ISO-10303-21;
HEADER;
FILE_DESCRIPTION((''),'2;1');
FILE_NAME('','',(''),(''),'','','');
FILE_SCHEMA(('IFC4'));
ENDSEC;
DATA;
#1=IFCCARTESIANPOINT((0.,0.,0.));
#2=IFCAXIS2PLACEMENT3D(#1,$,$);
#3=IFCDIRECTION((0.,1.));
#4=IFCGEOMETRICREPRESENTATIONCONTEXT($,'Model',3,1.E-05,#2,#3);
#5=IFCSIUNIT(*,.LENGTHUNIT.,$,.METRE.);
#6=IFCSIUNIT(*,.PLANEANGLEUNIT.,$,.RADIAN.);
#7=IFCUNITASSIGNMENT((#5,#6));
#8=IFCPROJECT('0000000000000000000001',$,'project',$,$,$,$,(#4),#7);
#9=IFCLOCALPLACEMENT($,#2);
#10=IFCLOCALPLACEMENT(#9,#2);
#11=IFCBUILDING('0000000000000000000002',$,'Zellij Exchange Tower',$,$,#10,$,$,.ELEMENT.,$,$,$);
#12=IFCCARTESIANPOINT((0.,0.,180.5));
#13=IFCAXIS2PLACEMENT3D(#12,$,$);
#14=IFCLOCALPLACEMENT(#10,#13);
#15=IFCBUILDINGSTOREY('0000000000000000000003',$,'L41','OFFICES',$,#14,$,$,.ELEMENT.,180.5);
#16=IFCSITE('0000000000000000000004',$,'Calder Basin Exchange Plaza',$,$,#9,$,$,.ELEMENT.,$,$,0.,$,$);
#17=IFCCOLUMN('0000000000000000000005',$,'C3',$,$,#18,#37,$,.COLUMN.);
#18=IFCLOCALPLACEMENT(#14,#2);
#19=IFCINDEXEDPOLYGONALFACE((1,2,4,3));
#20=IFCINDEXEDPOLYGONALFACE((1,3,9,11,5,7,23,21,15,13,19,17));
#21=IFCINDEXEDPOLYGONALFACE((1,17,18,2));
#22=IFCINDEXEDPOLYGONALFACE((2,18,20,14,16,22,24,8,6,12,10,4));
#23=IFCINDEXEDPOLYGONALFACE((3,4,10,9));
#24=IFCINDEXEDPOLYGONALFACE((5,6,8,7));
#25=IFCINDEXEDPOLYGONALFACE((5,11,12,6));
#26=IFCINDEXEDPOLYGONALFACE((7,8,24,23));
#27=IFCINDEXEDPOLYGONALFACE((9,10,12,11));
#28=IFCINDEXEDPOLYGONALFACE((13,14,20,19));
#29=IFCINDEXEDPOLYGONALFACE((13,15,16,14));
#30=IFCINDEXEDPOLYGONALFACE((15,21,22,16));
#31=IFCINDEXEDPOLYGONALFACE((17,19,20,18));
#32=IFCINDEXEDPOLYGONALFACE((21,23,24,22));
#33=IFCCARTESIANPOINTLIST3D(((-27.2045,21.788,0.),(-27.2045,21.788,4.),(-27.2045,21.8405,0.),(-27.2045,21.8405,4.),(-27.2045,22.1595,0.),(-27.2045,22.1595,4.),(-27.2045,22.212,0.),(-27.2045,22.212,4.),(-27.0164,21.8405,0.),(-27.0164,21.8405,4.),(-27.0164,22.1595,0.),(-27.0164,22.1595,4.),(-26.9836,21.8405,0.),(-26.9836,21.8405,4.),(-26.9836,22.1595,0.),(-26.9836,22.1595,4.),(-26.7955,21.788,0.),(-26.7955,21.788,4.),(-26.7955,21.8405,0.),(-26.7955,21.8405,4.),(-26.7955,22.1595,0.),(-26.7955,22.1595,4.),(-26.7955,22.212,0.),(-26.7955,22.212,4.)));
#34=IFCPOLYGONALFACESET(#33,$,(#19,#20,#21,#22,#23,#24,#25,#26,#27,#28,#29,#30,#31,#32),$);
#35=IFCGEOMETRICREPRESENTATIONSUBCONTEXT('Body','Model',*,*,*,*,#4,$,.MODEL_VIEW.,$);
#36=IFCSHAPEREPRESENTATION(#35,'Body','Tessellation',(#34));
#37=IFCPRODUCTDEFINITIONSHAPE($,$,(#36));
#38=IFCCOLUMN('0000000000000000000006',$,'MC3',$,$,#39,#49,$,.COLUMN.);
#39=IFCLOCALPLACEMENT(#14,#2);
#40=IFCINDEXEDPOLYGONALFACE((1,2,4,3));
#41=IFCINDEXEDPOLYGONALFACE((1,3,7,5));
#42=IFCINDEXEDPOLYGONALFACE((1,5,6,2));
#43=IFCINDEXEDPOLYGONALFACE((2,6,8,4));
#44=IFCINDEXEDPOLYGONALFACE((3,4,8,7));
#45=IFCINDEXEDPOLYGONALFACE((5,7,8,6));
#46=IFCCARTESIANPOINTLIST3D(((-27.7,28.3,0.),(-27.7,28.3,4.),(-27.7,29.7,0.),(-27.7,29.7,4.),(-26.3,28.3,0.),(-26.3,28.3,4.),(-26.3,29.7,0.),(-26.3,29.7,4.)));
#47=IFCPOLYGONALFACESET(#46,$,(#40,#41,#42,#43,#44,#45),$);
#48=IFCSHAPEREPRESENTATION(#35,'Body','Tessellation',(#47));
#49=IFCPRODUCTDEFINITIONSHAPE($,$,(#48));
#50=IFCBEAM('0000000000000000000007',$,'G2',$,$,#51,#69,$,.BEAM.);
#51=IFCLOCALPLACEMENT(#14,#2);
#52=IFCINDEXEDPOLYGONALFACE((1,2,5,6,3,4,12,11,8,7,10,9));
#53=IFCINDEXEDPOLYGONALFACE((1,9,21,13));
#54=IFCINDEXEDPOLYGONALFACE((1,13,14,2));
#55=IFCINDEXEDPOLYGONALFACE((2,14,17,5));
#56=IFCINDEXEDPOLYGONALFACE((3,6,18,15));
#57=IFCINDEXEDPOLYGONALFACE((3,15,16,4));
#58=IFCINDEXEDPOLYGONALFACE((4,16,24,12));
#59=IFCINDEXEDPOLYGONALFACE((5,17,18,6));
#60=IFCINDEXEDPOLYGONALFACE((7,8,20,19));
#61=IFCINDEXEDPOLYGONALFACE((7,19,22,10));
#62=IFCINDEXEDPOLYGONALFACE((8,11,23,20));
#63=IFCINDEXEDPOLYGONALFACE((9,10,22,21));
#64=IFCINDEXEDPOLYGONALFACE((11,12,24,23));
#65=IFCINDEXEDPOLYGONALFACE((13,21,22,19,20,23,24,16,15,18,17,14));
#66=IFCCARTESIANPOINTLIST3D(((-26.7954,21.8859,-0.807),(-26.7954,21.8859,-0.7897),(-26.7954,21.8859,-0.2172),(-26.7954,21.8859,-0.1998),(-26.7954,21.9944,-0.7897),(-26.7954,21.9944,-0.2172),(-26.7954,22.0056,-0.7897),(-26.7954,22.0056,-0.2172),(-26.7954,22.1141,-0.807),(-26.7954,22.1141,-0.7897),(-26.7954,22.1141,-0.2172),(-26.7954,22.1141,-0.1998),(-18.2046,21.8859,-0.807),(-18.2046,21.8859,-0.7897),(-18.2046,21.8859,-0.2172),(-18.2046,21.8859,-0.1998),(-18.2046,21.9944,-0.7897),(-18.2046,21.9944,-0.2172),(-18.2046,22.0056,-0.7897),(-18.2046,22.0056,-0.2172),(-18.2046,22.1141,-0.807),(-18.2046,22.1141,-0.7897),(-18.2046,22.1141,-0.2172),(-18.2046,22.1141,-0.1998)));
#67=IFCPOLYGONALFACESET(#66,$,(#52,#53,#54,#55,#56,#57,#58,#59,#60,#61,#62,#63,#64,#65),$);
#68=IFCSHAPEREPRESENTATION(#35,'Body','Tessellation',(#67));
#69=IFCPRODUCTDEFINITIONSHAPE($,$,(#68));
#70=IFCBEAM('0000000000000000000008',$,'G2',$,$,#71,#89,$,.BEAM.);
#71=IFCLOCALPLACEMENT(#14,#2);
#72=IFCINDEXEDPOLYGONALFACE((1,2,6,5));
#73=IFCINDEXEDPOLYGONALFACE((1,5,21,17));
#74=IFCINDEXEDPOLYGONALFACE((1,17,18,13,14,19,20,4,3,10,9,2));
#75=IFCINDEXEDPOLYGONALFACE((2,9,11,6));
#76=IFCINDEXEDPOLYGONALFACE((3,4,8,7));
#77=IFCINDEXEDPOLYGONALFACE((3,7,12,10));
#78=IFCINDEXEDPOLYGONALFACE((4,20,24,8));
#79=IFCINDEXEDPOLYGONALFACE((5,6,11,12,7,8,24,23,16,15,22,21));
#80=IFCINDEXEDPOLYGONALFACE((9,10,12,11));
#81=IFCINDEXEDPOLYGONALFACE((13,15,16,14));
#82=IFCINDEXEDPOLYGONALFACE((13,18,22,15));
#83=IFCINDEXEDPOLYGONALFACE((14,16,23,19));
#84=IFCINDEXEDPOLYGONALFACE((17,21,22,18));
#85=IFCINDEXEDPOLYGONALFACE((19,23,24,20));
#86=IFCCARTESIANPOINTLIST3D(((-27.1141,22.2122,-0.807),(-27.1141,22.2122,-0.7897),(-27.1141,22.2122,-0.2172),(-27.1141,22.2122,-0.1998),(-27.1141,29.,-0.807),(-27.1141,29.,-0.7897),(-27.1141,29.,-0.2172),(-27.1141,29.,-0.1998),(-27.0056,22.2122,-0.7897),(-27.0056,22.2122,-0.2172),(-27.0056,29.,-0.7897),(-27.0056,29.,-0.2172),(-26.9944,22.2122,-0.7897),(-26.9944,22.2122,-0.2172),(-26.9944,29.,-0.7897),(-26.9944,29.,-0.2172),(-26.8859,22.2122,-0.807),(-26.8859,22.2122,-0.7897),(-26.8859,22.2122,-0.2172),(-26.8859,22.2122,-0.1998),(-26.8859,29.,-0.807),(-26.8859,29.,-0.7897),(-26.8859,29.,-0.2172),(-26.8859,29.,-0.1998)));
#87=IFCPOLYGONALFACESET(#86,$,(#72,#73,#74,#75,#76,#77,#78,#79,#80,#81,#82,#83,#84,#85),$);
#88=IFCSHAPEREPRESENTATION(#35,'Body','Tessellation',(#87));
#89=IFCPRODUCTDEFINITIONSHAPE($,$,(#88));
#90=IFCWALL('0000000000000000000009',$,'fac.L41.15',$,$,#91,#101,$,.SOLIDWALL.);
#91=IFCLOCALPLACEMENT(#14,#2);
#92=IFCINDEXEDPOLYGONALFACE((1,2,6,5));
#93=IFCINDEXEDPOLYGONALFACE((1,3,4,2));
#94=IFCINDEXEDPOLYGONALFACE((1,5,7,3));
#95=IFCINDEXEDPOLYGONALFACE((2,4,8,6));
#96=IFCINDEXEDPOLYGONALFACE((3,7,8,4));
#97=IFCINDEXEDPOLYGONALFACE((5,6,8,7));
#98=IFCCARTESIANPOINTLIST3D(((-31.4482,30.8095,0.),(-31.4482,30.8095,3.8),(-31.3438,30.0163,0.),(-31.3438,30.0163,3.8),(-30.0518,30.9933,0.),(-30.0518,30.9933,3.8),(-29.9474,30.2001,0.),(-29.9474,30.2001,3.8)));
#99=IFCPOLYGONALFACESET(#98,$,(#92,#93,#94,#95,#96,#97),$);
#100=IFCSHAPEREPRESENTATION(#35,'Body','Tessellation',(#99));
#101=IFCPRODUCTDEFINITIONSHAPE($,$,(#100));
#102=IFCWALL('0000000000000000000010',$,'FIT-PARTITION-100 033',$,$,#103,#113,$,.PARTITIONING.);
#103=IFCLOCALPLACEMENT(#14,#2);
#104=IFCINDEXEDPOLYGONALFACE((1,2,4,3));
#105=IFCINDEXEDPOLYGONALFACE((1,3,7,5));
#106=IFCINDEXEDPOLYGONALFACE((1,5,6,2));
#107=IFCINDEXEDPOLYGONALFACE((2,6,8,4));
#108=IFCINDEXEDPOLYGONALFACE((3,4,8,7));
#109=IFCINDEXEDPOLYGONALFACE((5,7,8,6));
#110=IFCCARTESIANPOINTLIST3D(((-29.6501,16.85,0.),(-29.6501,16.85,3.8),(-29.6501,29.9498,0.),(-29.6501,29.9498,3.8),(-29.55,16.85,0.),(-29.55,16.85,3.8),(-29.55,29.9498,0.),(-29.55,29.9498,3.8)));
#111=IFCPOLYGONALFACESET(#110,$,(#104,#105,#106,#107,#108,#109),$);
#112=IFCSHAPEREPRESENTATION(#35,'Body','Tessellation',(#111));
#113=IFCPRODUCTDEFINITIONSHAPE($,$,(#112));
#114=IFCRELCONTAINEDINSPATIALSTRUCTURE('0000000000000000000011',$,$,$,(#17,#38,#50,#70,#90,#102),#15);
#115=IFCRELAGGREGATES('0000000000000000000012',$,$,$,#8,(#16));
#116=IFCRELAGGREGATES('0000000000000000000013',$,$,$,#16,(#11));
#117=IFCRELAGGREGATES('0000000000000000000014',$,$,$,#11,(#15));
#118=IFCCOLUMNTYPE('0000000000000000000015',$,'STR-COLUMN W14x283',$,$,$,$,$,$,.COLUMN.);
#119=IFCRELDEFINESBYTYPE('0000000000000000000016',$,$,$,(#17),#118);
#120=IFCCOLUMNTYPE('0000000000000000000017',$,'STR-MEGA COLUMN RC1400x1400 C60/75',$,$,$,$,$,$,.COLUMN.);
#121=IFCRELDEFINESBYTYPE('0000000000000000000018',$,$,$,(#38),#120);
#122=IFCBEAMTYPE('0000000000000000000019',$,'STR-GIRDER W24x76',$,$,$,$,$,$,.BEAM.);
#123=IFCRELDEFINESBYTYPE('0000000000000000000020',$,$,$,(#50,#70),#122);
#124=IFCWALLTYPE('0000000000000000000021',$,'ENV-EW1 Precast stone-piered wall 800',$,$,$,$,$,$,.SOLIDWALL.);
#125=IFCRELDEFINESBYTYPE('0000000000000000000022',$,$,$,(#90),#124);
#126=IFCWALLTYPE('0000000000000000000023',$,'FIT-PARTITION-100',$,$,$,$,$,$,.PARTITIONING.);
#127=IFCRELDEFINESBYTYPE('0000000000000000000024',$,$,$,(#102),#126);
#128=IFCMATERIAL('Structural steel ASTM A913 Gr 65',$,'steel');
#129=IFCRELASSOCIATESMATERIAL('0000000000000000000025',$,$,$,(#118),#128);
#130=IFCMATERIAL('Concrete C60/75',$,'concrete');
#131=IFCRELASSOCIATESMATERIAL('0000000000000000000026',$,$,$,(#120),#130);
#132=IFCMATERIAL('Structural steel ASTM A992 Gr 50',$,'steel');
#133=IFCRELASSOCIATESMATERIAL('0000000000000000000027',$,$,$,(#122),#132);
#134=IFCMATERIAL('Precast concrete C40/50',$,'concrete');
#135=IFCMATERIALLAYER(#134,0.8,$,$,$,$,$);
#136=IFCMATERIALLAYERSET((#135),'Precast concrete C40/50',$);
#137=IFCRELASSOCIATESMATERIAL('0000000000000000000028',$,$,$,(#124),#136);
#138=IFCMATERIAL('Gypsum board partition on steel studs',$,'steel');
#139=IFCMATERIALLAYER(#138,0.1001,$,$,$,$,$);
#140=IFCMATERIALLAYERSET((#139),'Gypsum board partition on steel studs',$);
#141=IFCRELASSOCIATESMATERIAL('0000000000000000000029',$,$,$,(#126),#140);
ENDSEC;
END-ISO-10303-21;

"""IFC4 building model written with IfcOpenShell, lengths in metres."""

from ifc_helpers import new_model, si_unit, direction, frame, frame_2d, origin, origin_2d, place, context, subcontext, project, spatial, rectangle, i_section, extrude, material, layer, layer_set, material_profile, profile_set, type_object, element, save


model = new_model("IFC4")

# Units and contexts
model_context = context("Model", 3, precision=1e-05, world=origin(), true_north=direction((0.0, 1.0)))
body_context = subcontext(model_context, "Body", "Model", "MODEL_VIEW")
ifc_project = project(units=[si_unit("LENGTHUNIT", "METRE"), si_unit("PLANEANGLEUNIT", "RADIAN")], contexts=[model_context])

# Site, building, storey
site_placement = place(None, origin())
site = spatial("IfcSite", under=ifc_project, at=site_placement, Name="Calder Basin Exchange Plaza", CompositionType="ELEMENT", RefElevation=0.0)
building_placement = place(site_placement, origin())
building = spatial("IfcBuilding", under=site, at=building_placement, Name="Zellij Exchange Tower", CompositionType="ELEMENT")
storey_placement = place(building_placement, frame((0.0, 0.0, 180.5)))
storey = spatial("IfcBuildingStorey", under=building, at=storey_placement, Name="L41", Description="OFFICES", CompositionType="ELEMENT", Elevation=180.5)

# Columns
ifc_material_1 = material(Name="Structural steel ASTM A913 Gr 65", Category="steel")
ifc_material_profile_1 = material_profile(ifc_material_1, i_section(OverallWidth=0.4089, OverallDepth=0.4241, WebThickness=0.0327, FlangeThickness=0.0525, at=origin_2d()), Name="W14x283")
ifc_profile_set_1 = profile_set([ifc_material_profile_1], Name="Structural steel ASTM A913 Gr 65")
column_type_1 = type_object("IfcColumnType", Name="STR-COLUMN W14x283", PredefinedType="COLUMN", material=ifc_profile_set_1)
column_1_placement = place(storey_placement, frame((-27.0, 22.0, 0.0), z_axis=(0.0, 0.0, 1.0), x_axis=(1.0, 0.0, 0.0)))
element("IfcColumn", 1, at=column_1_placement, inside=storey, type_object=column_type_1, Name="C3", PredefinedType="COLUMN", context=body_context, shape_type="SweptSolid", body=[
    extrude(i_section(OverallWidth=0.4089, OverallDepth=0.4241, WebThickness=0.0327, FlangeThickness=0.0525, at=origin_2d()), origin(), (0.0, 0.0, 1.0), 4.0),
])
ifc_material_2 = material(Name="Concrete C60/75", Category="concrete")
ifc_material_profile_2 = material_profile(ifc_material_2, rectangle(XDim=1.3999, YDim=1.3999, at=origin_2d()), Name="STR-MEGA COLUMN RC1400x1400 C60/75")
ifc_profile_set_2 = profile_set([ifc_material_profile_2], Name="Concrete C60/75")
column_type_2 = type_object("IfcColumnType", Name="STR-MEGA COLUMN RC1400x1400 C60/75", PredefinedType="COLUMN", material=ifc_profile_set_2)
column_2_placement = place(storey_placement, frame((-27.0, 29.0, 0.0), z_axis=(0.0, 0.0, 1.0), x_axis=(1.0, 0.0, 0.0)))
element("IfcColumn", 2, at=column_2_placement, inside=storey, type_object=column_type_2, Name="MC3", PredefinedType="COLUMN", context=body_context, shape_type="SweptSolid", body=[
    extrude(rectangle(XDim=1.3999, YDim=1.3999, at=origin_2d()), origin(), (0.0, 0.0, 1.0), 4.0),
])

# Beams
ifc_material_3 = material(Name="Structural steel ASTM A992 Gr 50", Category="steel")
ifc_material_profile_3 = material_profile(ifc_material_3, i_section(OverallWidth=0.2283, OverallDepth=0.6072, WebThickness=0.0112, FlangeThickness=0.0173, at=origin_2d()), Name="W24x76")
ifc_profile_set_3 = profile_set([ifc_material_profile_3], Name="Structural steel ASTM A992 Gr 50")
beam_type = type_object("IfcBeamType", Name="STR-GIRDER W24x76", PredefinedType="BEAM", material=ifc_profile_set_3)
beam_1_placement = place(storey_placement, frame((-26.7954, 22.0, -0.5034), z_axis=(1.0, 0.0, 0.0), x_axis=(0.0, 1.0, 0.0)))
element("IfcBeam", 3, at=beam_1_placement, inside=storey, type_object=beam_type, Name="G2", PredefinedType="BEAM", context=body_context, shape_type="SweptSolid", body=[
    extrude(i_section(OverallWidth=0.2283, OverallDepth=0.6072, WebThickness=0.0112, FlangeThickness=0.0173, at=origin_2d()), origin(), (0.0, 0.0, 1.0), 8.5908),
])
beam_2_placement = place(storey_placement, frame((-27.0, 22.2122, -0.5034), z_axis=(0.0, 1.0, 0.0), x_axis=(-1.0, 0.0, 0.0)))
element("IfcBeam", 4, at=beam_2_placement, inside=storey, type_object=beam_type, Name="G2", PredefinedType="BEAM", context=body_context, shape_type="SweptSolid", body=[
    extrude(i_section(OverallWidth=0.2283, OverallDepth=0.6072, WebThickness=0.0112, FlangeThickness=0.0173, at=origin_2d()), origin(), (0.0, 0.0, 1.0), 6.7878),
])

# Walls
ifc_material_4 = material(Name="Precast concrete C40/50", Category="concrete")
ifc_layer_1 = layer(ifc_material_4, 0.8)
ifc_layer_set_1 = layer_set([ifc_layer_1], Name="Precast concrete C40/50")
wall_type_1 = type_object("IfcWallType", Name="ENV-EW1 Precast stone-piered wall 800", PredefinedType="SOLIDWALL", material=ifc_layer_set_1)
wall_1_placement = place(storey_placement, frame((-29.9998, 30.5967, 0.0), z_axis=(0.0, 0.0, 1.0), x_axis=(-0.991446, -0.130517, 0.0)))
element("IfcWall", 5, at=wall_1_placement, inside=storey, type_object=wall_type_1, Name="fac.L41.15", PredefinedType="SOLIDWALL", context=body_context, shape_type="SweptSolid", body=[
    extrude(rectangle(XDim=1.4084, YDim=0.8, at=frame_2d((0.7041, 0.0))), origin(), (0.0, 0.0, 1.0), 3.8),
])
ifc_material_5 = material(Name="Gypsum board partition on steel studs", Category="steel")
ifc_layer_2 = layer(ifc_material_5, 0.1001)
ifc_layer_set_2 = layer_set([ifc_layer_2], Name="Gypsum board partition on steel studs")
wall_type_2 = type_object("IfcWallType", Name="FIT-PARTITION-100", PredefinedType="PARTITIONING", material=ifc_layer_set_2)
wall_2_placement = place(storey_placement, frame((-29.6001, 16.8501, 0.0), z_axis=(0.0, 0.0, 1.0), x_axis=(0.0, 1.0, 0.0)))
element("IfcWall", 6, at=wall_2_placement, inside=storey, type_object=wall_type_2, Name="FIT-PARTITION-100 033", PredefinedType="PARTITIONING", context=body_context, shape_type="SweptSolid", body=[
    extrude(rectangle(XDim=13.0999, YDim=0.1001, at=frame_2d((6.5498, 0.0))), origin(), (0.0, 0.0, 1.0), 3.8),
])

save(model, "model.ifc")
